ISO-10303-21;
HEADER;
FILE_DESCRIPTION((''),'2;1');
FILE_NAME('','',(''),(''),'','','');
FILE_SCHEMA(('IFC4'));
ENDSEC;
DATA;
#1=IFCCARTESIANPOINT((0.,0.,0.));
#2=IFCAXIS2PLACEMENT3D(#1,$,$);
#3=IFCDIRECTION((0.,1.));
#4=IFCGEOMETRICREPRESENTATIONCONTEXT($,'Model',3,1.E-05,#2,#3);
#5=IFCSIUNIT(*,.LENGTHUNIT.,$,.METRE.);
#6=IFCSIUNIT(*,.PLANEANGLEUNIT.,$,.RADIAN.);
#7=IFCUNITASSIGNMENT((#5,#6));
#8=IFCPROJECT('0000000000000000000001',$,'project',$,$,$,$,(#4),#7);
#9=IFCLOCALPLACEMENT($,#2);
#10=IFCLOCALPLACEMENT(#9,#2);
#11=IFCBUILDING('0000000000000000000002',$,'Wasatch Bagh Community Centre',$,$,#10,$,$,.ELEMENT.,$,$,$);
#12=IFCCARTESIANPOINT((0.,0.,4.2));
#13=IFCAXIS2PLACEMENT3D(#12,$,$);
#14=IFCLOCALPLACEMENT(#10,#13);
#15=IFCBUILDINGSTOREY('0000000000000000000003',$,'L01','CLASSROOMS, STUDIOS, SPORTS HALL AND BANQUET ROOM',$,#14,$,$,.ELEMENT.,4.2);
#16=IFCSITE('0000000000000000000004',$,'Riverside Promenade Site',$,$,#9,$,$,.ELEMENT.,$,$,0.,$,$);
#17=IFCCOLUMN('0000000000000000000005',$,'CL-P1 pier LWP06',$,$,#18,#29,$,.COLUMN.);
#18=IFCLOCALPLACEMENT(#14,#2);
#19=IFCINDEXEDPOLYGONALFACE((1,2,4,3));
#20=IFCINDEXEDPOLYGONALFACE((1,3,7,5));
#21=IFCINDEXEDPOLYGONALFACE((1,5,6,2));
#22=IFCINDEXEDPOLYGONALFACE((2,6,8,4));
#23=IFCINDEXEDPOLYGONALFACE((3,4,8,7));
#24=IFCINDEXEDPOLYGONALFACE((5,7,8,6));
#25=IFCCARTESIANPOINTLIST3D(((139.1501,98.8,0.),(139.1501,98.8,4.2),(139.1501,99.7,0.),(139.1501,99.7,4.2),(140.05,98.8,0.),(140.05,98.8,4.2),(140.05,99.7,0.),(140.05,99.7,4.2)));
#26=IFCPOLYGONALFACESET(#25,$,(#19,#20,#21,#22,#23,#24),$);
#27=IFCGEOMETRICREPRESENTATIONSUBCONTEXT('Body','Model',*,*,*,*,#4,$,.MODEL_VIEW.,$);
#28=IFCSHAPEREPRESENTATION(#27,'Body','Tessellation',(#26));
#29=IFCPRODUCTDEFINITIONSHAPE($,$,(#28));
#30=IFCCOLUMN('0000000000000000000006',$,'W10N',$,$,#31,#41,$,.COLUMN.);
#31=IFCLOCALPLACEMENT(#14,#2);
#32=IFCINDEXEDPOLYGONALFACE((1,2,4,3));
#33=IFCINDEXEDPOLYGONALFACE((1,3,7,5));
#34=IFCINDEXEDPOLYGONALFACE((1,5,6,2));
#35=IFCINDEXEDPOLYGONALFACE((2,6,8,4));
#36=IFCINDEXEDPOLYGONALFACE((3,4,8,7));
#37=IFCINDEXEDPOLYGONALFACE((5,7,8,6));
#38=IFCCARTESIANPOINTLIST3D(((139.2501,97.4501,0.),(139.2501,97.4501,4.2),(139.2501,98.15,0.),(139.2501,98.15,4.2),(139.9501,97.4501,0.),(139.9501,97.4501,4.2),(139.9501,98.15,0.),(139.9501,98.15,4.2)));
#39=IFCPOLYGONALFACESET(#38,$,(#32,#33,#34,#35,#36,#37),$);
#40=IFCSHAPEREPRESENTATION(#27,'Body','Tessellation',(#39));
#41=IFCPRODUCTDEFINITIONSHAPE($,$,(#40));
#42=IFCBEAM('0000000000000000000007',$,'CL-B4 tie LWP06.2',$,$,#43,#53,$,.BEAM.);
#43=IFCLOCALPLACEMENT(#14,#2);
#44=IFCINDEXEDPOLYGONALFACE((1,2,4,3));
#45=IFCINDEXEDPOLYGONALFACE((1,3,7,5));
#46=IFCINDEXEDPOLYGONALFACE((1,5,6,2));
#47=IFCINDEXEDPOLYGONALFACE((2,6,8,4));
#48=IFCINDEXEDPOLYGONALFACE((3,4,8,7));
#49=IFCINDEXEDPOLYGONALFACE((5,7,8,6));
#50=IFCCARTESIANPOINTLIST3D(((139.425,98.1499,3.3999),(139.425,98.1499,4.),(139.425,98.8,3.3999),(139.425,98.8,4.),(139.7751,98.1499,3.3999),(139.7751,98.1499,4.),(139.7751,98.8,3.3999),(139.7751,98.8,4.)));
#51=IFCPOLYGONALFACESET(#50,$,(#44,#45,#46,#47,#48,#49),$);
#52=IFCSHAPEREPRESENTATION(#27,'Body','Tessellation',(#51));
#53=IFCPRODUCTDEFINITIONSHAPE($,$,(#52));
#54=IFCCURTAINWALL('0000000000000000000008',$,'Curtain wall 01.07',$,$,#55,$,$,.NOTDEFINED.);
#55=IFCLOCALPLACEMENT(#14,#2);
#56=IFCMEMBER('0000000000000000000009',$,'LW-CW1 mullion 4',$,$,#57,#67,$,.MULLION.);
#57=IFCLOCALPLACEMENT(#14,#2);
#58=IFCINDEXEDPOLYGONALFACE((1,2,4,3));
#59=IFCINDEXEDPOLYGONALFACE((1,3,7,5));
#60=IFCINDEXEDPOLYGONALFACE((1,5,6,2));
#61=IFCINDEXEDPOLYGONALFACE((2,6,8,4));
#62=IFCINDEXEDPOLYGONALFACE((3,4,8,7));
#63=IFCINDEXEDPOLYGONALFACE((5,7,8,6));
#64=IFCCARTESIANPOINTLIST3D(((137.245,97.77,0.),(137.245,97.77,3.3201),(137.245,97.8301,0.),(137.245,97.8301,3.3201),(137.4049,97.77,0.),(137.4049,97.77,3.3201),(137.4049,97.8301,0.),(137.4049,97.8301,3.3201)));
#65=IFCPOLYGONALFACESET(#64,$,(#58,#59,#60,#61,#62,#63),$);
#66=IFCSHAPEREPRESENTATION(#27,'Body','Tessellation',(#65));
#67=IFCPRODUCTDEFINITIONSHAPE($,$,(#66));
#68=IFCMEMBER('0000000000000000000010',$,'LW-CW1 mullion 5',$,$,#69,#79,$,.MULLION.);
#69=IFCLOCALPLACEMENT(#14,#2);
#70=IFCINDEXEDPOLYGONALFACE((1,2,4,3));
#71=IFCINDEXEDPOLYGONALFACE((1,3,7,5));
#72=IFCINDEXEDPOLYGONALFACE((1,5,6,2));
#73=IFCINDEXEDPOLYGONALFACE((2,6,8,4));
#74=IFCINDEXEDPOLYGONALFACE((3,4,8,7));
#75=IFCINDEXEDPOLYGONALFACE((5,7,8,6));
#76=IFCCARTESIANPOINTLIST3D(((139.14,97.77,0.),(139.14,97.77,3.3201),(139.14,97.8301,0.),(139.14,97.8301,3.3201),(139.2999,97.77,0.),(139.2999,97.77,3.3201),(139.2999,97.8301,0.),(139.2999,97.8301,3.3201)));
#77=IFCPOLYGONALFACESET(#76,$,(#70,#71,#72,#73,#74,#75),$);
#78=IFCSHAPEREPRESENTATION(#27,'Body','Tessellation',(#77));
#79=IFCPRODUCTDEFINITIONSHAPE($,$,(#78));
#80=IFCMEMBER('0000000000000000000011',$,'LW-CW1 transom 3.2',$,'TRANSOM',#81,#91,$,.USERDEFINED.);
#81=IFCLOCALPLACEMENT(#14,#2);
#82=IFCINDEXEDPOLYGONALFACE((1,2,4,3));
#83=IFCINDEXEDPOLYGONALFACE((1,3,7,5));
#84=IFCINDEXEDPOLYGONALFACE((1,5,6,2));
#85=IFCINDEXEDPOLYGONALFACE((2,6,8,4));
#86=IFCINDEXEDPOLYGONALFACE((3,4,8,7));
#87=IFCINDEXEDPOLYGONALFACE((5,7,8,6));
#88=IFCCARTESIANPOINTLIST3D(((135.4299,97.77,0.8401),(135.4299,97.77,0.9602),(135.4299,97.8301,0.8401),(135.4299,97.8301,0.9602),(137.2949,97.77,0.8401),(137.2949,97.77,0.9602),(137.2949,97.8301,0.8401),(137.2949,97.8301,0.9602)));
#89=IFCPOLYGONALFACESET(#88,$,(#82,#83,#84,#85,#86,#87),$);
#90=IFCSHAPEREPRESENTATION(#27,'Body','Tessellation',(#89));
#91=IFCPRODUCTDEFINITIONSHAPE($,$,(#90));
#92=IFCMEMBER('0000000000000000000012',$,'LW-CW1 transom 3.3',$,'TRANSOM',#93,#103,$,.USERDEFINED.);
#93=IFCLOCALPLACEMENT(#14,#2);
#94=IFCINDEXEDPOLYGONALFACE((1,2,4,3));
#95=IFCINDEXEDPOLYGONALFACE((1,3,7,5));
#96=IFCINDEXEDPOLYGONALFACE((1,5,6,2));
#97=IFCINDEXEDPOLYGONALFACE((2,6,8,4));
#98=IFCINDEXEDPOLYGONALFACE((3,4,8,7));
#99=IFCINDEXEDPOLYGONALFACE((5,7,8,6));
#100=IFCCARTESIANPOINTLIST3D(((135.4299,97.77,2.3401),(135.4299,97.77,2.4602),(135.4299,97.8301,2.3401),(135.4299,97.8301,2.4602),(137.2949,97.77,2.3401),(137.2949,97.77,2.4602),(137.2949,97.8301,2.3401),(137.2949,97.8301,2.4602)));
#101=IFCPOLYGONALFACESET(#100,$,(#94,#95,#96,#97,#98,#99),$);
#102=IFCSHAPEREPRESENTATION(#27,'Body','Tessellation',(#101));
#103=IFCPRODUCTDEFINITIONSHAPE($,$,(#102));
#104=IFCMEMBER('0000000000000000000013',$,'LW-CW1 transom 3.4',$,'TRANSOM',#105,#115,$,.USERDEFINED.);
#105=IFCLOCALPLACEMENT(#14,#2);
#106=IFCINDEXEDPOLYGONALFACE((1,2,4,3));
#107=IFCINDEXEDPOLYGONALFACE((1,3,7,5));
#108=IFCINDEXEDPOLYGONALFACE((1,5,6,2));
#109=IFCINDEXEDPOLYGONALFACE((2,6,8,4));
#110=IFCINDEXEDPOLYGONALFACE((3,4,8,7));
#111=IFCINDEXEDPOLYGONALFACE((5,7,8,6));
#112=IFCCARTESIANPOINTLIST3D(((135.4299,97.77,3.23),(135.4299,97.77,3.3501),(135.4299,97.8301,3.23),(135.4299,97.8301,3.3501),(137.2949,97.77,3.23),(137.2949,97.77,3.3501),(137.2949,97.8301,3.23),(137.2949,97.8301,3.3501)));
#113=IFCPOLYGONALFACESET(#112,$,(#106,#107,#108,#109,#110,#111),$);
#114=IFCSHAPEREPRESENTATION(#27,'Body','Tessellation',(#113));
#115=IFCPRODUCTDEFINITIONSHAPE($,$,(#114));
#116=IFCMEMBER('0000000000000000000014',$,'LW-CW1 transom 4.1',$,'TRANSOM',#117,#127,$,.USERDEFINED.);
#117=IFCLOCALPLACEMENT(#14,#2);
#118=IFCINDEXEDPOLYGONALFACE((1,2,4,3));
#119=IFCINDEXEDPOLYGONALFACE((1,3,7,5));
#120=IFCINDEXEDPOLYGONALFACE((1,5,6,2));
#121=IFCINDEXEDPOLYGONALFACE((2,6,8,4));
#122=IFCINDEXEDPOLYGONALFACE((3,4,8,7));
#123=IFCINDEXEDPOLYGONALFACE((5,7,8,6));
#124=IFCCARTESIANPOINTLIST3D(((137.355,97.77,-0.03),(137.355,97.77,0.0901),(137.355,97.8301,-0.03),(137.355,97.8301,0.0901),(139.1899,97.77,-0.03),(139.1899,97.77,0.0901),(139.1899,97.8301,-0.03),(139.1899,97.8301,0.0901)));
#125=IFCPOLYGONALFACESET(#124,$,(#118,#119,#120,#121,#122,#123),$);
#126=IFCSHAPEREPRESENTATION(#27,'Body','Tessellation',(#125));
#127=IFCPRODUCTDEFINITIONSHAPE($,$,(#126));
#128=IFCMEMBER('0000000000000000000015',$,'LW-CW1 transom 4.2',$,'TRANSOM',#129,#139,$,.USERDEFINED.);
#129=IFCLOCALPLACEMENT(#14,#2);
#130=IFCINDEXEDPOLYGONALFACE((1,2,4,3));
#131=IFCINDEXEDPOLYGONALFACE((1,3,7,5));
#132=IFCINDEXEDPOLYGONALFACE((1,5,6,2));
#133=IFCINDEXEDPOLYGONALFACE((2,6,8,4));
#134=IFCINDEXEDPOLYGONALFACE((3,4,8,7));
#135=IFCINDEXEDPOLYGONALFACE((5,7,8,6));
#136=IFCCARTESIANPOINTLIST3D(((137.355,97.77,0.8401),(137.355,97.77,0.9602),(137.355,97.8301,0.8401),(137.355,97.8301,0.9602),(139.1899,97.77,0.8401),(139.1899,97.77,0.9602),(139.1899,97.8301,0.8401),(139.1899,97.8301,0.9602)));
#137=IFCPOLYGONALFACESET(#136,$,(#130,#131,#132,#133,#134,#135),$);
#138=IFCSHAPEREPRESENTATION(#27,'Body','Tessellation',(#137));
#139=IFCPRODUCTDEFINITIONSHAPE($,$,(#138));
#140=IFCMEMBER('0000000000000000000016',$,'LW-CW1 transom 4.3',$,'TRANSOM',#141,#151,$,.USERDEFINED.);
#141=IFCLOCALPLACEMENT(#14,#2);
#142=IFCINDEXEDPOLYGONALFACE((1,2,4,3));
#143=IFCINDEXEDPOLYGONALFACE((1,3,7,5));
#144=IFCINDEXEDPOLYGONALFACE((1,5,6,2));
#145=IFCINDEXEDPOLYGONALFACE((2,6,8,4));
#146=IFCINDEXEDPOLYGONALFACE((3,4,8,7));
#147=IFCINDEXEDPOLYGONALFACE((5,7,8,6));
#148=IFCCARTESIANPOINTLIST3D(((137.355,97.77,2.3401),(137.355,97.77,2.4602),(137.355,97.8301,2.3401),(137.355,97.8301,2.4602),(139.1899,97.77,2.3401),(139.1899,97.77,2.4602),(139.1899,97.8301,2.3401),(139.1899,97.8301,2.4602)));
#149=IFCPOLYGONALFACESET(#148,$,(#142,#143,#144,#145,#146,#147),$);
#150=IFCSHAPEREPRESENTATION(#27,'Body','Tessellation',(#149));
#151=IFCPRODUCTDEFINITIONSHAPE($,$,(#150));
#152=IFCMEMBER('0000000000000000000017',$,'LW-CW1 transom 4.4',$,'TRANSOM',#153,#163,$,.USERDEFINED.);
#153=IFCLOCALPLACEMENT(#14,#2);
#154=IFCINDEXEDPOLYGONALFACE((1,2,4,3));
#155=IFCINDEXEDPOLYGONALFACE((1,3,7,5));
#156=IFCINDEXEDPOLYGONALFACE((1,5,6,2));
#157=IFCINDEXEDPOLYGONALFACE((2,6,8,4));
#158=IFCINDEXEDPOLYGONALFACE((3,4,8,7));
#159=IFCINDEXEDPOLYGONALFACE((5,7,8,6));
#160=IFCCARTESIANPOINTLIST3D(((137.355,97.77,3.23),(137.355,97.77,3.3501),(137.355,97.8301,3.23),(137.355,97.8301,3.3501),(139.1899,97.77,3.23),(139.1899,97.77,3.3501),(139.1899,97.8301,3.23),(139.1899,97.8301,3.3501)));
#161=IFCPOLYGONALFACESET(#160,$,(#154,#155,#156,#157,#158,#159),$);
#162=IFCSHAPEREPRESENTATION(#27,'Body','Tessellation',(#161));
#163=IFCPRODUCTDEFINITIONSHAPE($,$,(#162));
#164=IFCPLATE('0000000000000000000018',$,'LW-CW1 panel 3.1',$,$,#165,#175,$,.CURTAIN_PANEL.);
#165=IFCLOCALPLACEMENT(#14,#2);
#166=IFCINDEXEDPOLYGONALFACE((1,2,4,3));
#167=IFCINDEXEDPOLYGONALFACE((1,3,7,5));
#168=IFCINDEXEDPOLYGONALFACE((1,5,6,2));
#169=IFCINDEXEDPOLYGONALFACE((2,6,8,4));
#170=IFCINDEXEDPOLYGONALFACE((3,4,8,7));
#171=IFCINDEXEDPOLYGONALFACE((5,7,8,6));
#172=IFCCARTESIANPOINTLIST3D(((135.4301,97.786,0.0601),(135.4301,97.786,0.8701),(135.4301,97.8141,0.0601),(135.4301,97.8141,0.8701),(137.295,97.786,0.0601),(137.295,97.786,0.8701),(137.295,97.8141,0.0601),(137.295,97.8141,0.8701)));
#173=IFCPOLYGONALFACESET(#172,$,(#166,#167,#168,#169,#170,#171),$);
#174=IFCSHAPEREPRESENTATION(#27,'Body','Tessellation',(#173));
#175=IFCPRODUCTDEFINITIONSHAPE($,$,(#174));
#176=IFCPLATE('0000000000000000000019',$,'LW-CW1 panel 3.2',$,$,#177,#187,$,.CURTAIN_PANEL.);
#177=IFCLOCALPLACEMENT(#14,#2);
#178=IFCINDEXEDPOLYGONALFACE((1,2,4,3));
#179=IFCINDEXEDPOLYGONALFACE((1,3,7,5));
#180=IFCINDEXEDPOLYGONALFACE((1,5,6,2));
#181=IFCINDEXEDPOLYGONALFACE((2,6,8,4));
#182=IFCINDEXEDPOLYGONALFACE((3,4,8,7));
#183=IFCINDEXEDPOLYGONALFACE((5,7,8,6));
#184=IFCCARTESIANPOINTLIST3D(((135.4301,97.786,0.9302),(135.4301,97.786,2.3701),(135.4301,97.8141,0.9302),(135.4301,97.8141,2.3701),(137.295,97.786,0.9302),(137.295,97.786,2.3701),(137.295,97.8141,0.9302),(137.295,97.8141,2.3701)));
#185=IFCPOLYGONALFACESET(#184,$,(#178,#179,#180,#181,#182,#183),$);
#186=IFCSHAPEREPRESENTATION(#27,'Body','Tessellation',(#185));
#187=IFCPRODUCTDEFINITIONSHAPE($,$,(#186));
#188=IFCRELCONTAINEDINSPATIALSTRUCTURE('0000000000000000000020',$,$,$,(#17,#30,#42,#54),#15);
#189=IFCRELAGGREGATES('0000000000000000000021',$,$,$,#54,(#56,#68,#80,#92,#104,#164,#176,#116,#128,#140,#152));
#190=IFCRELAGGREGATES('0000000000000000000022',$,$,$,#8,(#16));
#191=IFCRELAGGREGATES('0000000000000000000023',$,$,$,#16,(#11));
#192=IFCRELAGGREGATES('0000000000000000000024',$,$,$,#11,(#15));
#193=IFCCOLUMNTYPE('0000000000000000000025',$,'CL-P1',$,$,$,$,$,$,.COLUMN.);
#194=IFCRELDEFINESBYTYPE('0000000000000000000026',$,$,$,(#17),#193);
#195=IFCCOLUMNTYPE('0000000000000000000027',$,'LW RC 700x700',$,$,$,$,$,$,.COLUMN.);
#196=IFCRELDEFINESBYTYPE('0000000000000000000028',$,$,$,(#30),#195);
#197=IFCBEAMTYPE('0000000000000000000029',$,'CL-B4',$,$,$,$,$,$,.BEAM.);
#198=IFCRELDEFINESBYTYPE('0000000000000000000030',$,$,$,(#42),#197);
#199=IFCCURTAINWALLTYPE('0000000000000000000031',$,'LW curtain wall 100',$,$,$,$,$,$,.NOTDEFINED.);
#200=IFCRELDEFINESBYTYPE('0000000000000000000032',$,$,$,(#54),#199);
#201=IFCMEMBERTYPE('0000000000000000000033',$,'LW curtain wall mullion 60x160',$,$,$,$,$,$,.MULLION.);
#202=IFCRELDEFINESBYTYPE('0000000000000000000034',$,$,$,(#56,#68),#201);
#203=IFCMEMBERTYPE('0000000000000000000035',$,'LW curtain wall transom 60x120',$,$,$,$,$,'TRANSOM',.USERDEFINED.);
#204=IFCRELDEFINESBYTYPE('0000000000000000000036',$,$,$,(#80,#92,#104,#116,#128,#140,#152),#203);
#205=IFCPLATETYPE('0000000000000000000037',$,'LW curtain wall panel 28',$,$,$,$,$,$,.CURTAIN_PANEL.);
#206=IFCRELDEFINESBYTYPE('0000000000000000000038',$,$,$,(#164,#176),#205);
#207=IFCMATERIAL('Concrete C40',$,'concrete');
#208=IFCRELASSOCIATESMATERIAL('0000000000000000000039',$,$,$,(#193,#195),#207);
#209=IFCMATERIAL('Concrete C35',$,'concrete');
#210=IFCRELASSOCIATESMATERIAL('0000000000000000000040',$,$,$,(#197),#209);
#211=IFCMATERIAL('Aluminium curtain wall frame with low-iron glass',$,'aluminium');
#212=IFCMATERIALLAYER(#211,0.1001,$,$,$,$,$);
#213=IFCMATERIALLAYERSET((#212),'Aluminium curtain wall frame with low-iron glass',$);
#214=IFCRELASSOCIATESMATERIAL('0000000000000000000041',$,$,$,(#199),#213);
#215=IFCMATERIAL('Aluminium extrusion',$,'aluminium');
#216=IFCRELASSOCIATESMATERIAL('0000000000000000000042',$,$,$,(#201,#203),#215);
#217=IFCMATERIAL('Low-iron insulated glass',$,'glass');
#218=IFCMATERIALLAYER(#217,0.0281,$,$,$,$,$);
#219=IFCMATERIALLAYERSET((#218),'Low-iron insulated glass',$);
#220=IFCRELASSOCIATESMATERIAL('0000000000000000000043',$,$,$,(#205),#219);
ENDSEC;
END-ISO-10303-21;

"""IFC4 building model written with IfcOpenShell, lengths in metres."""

from ifc_helpers import new_model, si_unit, direction, frame, origin, origin_2d, place, context, subcontext, project, spatial, rectangle, extrude, material, layer, layer_set, material_profile, profile_set, type_object, element, aggregate, save


model = new_model("IFC4")

# Units and contexts
model_context = context("Model", 3, precision=1e-05, world=origin(), true_north=direction((0.0, 1.0)))
body_context = subcontext(model_context, "Body", "Model", "MODEL_VIEW")
ifc_project = project(units=[si_unit("LENGTHUNIT", "METRE"), si_unit("PLANEANGLEUNIT", "RADIAN")], contexts=[model_context])

# Site, building, storey
site_placement = place(None, origin())
site = spatial("IfcSite", under=ifc_project, at=site_placement, Name="Riverside Promenade Site", CompositionType="ELEMENT", RefElevation=0.0)
building_placement = place(site_placement, origin())
building = spatial("IfcBuilding", under=site, at=building_placement, Name="Wasatch Bagh Community Centre", CompositionType="ELEMENT")
storey_placement = place(building_placement, frame((0.0, 0.0, 4.2)))
storey = spatial("IfcBuildingStorey", under=building, at=storey_placement, Name="L01", Description="CLASSROOMS, STUDIOS, SPORTS HALL AND BANQUET ROOM", CompositionType="ELEMENT", Elevation=4.2)

# Columns
ifc_material_1 = material(Name="Concrete C40", Category="concrete")
ifc_material_profile_1 = material_profile(ifc_material_1, rectangle(XDim=0.8999, YDim=0.8999, at=origin_2d()), Name="RC 900x900")
ifc_profile_set_1 = profile_set([ifc_material_profile_1], Name="Concrete C40")
column_type_1 = type_object("IfcColumnType", Name="CL-P1", PredefinedType="COLUMN", material=ifc_profile_set_1)
column_1_placement = place(storey_placement, frame((139.6001, 99.25, 0.0), z_axis=(0.0, 0.0, 1.0), x_axis=(1.0, 0.0, 0.0)))
element("IfcColumn", 1, at=column_1_placement, inside=storey, type_object=column_type_1, Name="CL-P1 pier LWP06", PredefinedType="COLUMN", context=body_context, shape_type="SweptSolid", body=[
    extrude(rectangle(XDim=0.8999, YDim=0.8999, at=origin_2d()), origin(), (0.0, 0.0, 1.0), 4.2),
])
ifc_material_profile_2 = material_profile(ifc_material_1, rectangle(XDim=0.7, YDim=0.7, at=origin_2d()), Name="RC 700x700")
ifc_profile_set_2 = profile_set([ifc_material_profile_2], Name="Concrete C40")
column_type_2 = type_object("IfcColumnType", Name="LW RC 700x700", PredefinedType="COLUMN", material=ifc_profile_set_2)
column_2_placement = place(storey_placement, frame((139.6001, 97.8, 0.0), z_axis=(0.0, 0.0, 1.0), x_axis=(1.0, 0.0, 0.0)))
element("IfcColumn", 2, at=column_2_placement, inside=storey, type_object=column_type_2, Name="W10N", PredefinedType="COLUMN", context=body_context, shape_type="SweptSolid", body=[
    extrude(rectangle(XDim=0.7, YDim=0.7, at=origin_2d()), origin(), (0.0, 0.0, 1.0), 4.2),
])

# Beam
ifc_material_2 = material(Name="Concrete C35", Category="concrete")
ifc_material_profile_3 = material_profile(ifc_material_2, rectangle(XDim=0.3501, YDim=0.6001, at=origin_2d()), Name="RC 350x600")
ifc_profile_set_3 = profile_set([ifc_material_profile_3], Name="Concrete C35")
beam_type = type_object("IfcBeamType", Name="CL-B4", PredefinedType="BEAM", material=ifc_profile_set_3)
beam_placement = place(storey_placement, frame((139.6001, 98.1499, 3.7), z_axis=(0.0, 1.0, 0.0), x_axis=(-1.0, 0.0, 0.0)))
element("IfcBeam", 3, at=beam_placement, inside=storey, type_object=beam_type, Name="CL-B4 tie LWP06.2", PredefinedType="BEAM", context=body_context, shape_type="SweptSolid", body=[
    extrude(rectangle(XDim=0.3501, YDim=0.6001, at=origin_2d()), origin(), (0.0, 0.0, 1.0), 0.6501),
])

# Curtain wall, members, plates
ifc_material_3 = material(Name="Aluminium curtain wall frame with low-iron glass", Category="aluminium")
ifc_layer_1 = layer(ifc_material_3, 0.1001)
ifc_layer_set_1 = layer_set([ifc_layer_1], Name="Aluminium curtain wall frame with low-iron glass")
curtain_wall_type = type_object("IfcCurtainWallType", Name="LW curtain wall 100", PredefinedType="NOTDEFINED", material=ifc_layer_set_1)
curtain_wall_placement = place(storey_placement, origin())
curtain_wall = element("IfcCurtainWall", 4, at=curtain_wall_placement, inside=storey, type_object=curtain_wall_type, Name="Curtain wall 01.07", PredefinedType="NOTDEFINED")
ifc_material_4 = material(Name="Aluminium extrusion", Category="aluminium")
ifc_material_profile_4 = material_profile(ifc_material_4, rectangle(XDim=0.0601, YDim=0.1599, at=origin_2d()), Name="AL 60x160")
ifc_profile_set_4 = profile_set([ifc_material_profile_4], Name="Aluminium extrusion")
member_type_1 = type_object("IfcMemberType", Name="LW curtain wall mullion 60x160", PredefinedType="MULLION", material=ifc_profile_set_4)
member_1_placement = place(storey_placement, frame((137.325, 97.8, 0.0), z_axis=(0.0, 0.0, 1.0), x_axis=(0.0, 1.0, 0.0)))
member_1 = element("IfcMember", 5, at=member_1_placement, type_object=member_type_1, Name="LW-CW1 mullion 4", PredefinedType="MULLION", context=body_context, shape_type="SweptSolid", body=[
    extrude(rectangle(XDim=0.0601, YDim=0.1599, at=origin_2d()), origin(), (0.0, 0.0, 1.0), 3.3201),
])
member_2_placement = place(storey_placement, frame((139.22, 97.8, 0.0), z_axis=(0.0, 0.0, 1.0), x_axis=(0.0, 1.0, 0.0)))
member_2 = element("IfcMember", 6, at=member_2_placement, type_object=member_type_1, Name="LW-CW1 mullion 5", PredefinedType="MULLION", context=body_context, shape_type="SweptSolid", body=[
    extrude(rectangle(XDim=0.0601, YDim=0.1599, at=origin_2d()), origin(), (0.0, 0.0, 1.0), 3.3201),
])
ifc_material_profile_5 = material_profile(ifc_material_4, rectangle(XDim=0.0601, YDim=0.1201, at=origin_2d()), Name="AL 60x120")
ifc_profile_set_5 = profile_set([ifc_material_profile_5], Name="Aluminium extrusion")
member_type_2 = type_object("IfcMemberType", Name="LW curtain wall transom 60x120", ElementType="TRANSOM", PredefinedType="USERDEFINED", material=ifc_profile_set_5)
member_3_placement = place(storey_placement, frame((135.4299, 97.8, 0.9001), z_axis=(1.0, 0.0, 0.0), x_axis=(0.0, 1.0, 0.0)))
member_3 = element("IfcMember", 7, at=member_3_placement, type_object=member_type_2, Name="LW-CW1 transom 3.2", ObjectType="TRANSOM", PredefinedType="USERDEFINED", context=body_context, shape_type="SweptSolid", body=[
    extrude(rectangle(XDim=0.0601, YDim=0.1201, at=origin_2d()), origin(), (0.0, 0.0, 1.0), 1.865),
])
member_4_placement = place(storey_placement, frame((135.4299, 97.8, 2.4001), z_axis=(1.0, 0.0, 0.0), x_axis=(0.0, 1.0, 0.0)))
member_4 = element("IfcMember", 8, at=member_4_placement, type_object=member_type_2, Name="LW-CW1 transom 3.3", ObjectType="TRANSOM", PredefinedType="USERDEFINED", context=body_context, shape_type="SweptSolid", body=[
    extrude(rectangle(XDim=0.0601, YDim=0.1201, at=origin_2d()), origin(), (0.0, 0.0, 1.0), 1.865),
])
member_5_placement = place(storey_placement, frame((135.4299, 97.8, 3.29), z_axis=(1.0, 0.0, 0.0), x_axis=(0.0, 1.0, 0.0)))
member_5 = element("IfcMember", 9, at=member_5_placement, type_object=member_type_2, Name="LW-CW1 transom 3.4", ObjectType="TRANSOM", PredefinedType="USERDEFINED", context=body_context, shape_type="SweptSolid", body=[
    extrude(rectangle(XDim=0.0601, YDim=0.1201, at=origin_2d()), origin(), (0.0, 0.0, 1.0), 1.865),
])
member_6_placement = place(storey_placement, frame((137.355, 97.8, 0.03), z_axis=(1.0, 0.0, 0.0), x_axis=(0.0, 1.0, 0.0)))
member_6 = element("IfcMember", 10, at=member_6_placement, type_object=member_type_2, Name="LW-CW1 transom 4.1", ObjectType="TRANSOM", PredefinedType="USERDEFINED", context=body_context, shape_type="SweptSolid", body=[
    extrude(rectangle(XDim=0.0601, YDim=0.1201, at=origin_2d()), origin(), (0.0, 0.0, 1.0), 1.835),
])
member_7_placement = place(storey_placement, frame((137.355, 97.8, 0.9001), z_axis=(1.0, 0.0, 0.0), x_axis=(0.0, 1.0, 0.0)))
member_7 = element("IfcMember", 11, at=member_7_placement, type_object=member_type_2, Name="LW-CW1 transom 4.2", ObjectType="TRANSOM", PredefinedType="USERDEFINED", context=body_context, shape_type="SweptSolid", body=[
    extrude(rectangle(XDim=0.0601, YDim=0.1201, at=origin_2d()), origin(), (0.0, 0.0, 1.0), 1.835),
])
member_8_placement = place(storey_placement, frame((137.355, 97.8, 2.4001), z_axis=(1.0, 0.0, 0.0), x_axis=(0.0, 1.0, 0.0)))
member_8 = element("IfcMember", 12, at=member_8_placement, type_object=member_type_2, Name="LW-CW1 transom 4.3", ObjectType="TRANSOM", PredefinedType="USERDEFINED", context=body_context, shape_type="SweptSolid", body=[
    extrude(rectangle(XDim=0.0601, YDim=0.1201, at=origin_2d()), origin(), (0.0, 0.0, 1.0), 1.835),
])
member_9_placement = place(storey_placement, frame((137.355, 97.8, 3.29), z_axis=(1.0, 0.0, 0.0), x_axis=(0.0, 1.0, 0.0)))
member_9 = element("IfcMember", 13, at=member_9_placement, type_object=member_type_2, Name="LW-CW1 transom 4.4", ObjectType="TRANSOM", PredefinedType="USERDEFINED", context=body_context, shape_type="SweptSolid", body=[
    extrude(rectangle(XDim=0.0601, YDim=0.1201, at=origin_2d()), origin(), (0.0, 0.0, 1.0), 1.835),
])
ifc_material_5 = material(Name="Low-iron insulated glass", Category="glass")
ifc_layer_2 = layer(ifc_material_5, 0.0281)
ifc_layer_set_2 = layer_set([ifc_layer_2], Name="Low-iron insulated glass")
plate_type_1 = type_object("IfcPlateType", Name="LW curtain wall panel 28", PredefinedType="CURTAIN_PANEL", material=ifc_layer_set_2)
plate_1_placement = place(storey_placement, frame((136.3625, 97.8, 0.0601), z_axis=(0.0, 0.0, 1.0), x_axis=(1.0, 0.0, 0.0)))
plate_1 = element("IfcPlate", 14, at=plate_1_placement, type_object=plate_type_1, Name="LW-CW1 panel 3.1", PredefinedType="CURTAIN_PANEL", context=body_context, shape_type="SweptSolid", body=[
    extrude(rectangle(XDim=1.865, YDim=0.0281, at=origin_2d()), origin(), (0.0, 0.0, 1.0), 0.8101),
])
plate_2_placement = place(storey_placement, frame((136.3625, 97.8, 0.9302), z_axis=(0.0, 0.0, 1.0), x_axis=(1.0, 0.0, 0.0)))
plate_2 = element("IfcPlate", 15, at=plate_2_placement, type_object=plate_type_1, Name="LW-CW1 panel 3.2", PredefinedType="CURTAIN_PANEL", context=body_context, shape_type="SweptSolid", body=[
    extrude(rectangle(XDim=1.865, YDim=0.0281, at=origin_2d()), origin(), (0.0, 0.0, 1.0), 1.4399),
])
aggregate(curtain_wall, [member_1, member_2, member_3, member_4, member_5, plate_1, plate_2, member_6, member_7, member_8, member_9])

save(model, "model.ifc")
